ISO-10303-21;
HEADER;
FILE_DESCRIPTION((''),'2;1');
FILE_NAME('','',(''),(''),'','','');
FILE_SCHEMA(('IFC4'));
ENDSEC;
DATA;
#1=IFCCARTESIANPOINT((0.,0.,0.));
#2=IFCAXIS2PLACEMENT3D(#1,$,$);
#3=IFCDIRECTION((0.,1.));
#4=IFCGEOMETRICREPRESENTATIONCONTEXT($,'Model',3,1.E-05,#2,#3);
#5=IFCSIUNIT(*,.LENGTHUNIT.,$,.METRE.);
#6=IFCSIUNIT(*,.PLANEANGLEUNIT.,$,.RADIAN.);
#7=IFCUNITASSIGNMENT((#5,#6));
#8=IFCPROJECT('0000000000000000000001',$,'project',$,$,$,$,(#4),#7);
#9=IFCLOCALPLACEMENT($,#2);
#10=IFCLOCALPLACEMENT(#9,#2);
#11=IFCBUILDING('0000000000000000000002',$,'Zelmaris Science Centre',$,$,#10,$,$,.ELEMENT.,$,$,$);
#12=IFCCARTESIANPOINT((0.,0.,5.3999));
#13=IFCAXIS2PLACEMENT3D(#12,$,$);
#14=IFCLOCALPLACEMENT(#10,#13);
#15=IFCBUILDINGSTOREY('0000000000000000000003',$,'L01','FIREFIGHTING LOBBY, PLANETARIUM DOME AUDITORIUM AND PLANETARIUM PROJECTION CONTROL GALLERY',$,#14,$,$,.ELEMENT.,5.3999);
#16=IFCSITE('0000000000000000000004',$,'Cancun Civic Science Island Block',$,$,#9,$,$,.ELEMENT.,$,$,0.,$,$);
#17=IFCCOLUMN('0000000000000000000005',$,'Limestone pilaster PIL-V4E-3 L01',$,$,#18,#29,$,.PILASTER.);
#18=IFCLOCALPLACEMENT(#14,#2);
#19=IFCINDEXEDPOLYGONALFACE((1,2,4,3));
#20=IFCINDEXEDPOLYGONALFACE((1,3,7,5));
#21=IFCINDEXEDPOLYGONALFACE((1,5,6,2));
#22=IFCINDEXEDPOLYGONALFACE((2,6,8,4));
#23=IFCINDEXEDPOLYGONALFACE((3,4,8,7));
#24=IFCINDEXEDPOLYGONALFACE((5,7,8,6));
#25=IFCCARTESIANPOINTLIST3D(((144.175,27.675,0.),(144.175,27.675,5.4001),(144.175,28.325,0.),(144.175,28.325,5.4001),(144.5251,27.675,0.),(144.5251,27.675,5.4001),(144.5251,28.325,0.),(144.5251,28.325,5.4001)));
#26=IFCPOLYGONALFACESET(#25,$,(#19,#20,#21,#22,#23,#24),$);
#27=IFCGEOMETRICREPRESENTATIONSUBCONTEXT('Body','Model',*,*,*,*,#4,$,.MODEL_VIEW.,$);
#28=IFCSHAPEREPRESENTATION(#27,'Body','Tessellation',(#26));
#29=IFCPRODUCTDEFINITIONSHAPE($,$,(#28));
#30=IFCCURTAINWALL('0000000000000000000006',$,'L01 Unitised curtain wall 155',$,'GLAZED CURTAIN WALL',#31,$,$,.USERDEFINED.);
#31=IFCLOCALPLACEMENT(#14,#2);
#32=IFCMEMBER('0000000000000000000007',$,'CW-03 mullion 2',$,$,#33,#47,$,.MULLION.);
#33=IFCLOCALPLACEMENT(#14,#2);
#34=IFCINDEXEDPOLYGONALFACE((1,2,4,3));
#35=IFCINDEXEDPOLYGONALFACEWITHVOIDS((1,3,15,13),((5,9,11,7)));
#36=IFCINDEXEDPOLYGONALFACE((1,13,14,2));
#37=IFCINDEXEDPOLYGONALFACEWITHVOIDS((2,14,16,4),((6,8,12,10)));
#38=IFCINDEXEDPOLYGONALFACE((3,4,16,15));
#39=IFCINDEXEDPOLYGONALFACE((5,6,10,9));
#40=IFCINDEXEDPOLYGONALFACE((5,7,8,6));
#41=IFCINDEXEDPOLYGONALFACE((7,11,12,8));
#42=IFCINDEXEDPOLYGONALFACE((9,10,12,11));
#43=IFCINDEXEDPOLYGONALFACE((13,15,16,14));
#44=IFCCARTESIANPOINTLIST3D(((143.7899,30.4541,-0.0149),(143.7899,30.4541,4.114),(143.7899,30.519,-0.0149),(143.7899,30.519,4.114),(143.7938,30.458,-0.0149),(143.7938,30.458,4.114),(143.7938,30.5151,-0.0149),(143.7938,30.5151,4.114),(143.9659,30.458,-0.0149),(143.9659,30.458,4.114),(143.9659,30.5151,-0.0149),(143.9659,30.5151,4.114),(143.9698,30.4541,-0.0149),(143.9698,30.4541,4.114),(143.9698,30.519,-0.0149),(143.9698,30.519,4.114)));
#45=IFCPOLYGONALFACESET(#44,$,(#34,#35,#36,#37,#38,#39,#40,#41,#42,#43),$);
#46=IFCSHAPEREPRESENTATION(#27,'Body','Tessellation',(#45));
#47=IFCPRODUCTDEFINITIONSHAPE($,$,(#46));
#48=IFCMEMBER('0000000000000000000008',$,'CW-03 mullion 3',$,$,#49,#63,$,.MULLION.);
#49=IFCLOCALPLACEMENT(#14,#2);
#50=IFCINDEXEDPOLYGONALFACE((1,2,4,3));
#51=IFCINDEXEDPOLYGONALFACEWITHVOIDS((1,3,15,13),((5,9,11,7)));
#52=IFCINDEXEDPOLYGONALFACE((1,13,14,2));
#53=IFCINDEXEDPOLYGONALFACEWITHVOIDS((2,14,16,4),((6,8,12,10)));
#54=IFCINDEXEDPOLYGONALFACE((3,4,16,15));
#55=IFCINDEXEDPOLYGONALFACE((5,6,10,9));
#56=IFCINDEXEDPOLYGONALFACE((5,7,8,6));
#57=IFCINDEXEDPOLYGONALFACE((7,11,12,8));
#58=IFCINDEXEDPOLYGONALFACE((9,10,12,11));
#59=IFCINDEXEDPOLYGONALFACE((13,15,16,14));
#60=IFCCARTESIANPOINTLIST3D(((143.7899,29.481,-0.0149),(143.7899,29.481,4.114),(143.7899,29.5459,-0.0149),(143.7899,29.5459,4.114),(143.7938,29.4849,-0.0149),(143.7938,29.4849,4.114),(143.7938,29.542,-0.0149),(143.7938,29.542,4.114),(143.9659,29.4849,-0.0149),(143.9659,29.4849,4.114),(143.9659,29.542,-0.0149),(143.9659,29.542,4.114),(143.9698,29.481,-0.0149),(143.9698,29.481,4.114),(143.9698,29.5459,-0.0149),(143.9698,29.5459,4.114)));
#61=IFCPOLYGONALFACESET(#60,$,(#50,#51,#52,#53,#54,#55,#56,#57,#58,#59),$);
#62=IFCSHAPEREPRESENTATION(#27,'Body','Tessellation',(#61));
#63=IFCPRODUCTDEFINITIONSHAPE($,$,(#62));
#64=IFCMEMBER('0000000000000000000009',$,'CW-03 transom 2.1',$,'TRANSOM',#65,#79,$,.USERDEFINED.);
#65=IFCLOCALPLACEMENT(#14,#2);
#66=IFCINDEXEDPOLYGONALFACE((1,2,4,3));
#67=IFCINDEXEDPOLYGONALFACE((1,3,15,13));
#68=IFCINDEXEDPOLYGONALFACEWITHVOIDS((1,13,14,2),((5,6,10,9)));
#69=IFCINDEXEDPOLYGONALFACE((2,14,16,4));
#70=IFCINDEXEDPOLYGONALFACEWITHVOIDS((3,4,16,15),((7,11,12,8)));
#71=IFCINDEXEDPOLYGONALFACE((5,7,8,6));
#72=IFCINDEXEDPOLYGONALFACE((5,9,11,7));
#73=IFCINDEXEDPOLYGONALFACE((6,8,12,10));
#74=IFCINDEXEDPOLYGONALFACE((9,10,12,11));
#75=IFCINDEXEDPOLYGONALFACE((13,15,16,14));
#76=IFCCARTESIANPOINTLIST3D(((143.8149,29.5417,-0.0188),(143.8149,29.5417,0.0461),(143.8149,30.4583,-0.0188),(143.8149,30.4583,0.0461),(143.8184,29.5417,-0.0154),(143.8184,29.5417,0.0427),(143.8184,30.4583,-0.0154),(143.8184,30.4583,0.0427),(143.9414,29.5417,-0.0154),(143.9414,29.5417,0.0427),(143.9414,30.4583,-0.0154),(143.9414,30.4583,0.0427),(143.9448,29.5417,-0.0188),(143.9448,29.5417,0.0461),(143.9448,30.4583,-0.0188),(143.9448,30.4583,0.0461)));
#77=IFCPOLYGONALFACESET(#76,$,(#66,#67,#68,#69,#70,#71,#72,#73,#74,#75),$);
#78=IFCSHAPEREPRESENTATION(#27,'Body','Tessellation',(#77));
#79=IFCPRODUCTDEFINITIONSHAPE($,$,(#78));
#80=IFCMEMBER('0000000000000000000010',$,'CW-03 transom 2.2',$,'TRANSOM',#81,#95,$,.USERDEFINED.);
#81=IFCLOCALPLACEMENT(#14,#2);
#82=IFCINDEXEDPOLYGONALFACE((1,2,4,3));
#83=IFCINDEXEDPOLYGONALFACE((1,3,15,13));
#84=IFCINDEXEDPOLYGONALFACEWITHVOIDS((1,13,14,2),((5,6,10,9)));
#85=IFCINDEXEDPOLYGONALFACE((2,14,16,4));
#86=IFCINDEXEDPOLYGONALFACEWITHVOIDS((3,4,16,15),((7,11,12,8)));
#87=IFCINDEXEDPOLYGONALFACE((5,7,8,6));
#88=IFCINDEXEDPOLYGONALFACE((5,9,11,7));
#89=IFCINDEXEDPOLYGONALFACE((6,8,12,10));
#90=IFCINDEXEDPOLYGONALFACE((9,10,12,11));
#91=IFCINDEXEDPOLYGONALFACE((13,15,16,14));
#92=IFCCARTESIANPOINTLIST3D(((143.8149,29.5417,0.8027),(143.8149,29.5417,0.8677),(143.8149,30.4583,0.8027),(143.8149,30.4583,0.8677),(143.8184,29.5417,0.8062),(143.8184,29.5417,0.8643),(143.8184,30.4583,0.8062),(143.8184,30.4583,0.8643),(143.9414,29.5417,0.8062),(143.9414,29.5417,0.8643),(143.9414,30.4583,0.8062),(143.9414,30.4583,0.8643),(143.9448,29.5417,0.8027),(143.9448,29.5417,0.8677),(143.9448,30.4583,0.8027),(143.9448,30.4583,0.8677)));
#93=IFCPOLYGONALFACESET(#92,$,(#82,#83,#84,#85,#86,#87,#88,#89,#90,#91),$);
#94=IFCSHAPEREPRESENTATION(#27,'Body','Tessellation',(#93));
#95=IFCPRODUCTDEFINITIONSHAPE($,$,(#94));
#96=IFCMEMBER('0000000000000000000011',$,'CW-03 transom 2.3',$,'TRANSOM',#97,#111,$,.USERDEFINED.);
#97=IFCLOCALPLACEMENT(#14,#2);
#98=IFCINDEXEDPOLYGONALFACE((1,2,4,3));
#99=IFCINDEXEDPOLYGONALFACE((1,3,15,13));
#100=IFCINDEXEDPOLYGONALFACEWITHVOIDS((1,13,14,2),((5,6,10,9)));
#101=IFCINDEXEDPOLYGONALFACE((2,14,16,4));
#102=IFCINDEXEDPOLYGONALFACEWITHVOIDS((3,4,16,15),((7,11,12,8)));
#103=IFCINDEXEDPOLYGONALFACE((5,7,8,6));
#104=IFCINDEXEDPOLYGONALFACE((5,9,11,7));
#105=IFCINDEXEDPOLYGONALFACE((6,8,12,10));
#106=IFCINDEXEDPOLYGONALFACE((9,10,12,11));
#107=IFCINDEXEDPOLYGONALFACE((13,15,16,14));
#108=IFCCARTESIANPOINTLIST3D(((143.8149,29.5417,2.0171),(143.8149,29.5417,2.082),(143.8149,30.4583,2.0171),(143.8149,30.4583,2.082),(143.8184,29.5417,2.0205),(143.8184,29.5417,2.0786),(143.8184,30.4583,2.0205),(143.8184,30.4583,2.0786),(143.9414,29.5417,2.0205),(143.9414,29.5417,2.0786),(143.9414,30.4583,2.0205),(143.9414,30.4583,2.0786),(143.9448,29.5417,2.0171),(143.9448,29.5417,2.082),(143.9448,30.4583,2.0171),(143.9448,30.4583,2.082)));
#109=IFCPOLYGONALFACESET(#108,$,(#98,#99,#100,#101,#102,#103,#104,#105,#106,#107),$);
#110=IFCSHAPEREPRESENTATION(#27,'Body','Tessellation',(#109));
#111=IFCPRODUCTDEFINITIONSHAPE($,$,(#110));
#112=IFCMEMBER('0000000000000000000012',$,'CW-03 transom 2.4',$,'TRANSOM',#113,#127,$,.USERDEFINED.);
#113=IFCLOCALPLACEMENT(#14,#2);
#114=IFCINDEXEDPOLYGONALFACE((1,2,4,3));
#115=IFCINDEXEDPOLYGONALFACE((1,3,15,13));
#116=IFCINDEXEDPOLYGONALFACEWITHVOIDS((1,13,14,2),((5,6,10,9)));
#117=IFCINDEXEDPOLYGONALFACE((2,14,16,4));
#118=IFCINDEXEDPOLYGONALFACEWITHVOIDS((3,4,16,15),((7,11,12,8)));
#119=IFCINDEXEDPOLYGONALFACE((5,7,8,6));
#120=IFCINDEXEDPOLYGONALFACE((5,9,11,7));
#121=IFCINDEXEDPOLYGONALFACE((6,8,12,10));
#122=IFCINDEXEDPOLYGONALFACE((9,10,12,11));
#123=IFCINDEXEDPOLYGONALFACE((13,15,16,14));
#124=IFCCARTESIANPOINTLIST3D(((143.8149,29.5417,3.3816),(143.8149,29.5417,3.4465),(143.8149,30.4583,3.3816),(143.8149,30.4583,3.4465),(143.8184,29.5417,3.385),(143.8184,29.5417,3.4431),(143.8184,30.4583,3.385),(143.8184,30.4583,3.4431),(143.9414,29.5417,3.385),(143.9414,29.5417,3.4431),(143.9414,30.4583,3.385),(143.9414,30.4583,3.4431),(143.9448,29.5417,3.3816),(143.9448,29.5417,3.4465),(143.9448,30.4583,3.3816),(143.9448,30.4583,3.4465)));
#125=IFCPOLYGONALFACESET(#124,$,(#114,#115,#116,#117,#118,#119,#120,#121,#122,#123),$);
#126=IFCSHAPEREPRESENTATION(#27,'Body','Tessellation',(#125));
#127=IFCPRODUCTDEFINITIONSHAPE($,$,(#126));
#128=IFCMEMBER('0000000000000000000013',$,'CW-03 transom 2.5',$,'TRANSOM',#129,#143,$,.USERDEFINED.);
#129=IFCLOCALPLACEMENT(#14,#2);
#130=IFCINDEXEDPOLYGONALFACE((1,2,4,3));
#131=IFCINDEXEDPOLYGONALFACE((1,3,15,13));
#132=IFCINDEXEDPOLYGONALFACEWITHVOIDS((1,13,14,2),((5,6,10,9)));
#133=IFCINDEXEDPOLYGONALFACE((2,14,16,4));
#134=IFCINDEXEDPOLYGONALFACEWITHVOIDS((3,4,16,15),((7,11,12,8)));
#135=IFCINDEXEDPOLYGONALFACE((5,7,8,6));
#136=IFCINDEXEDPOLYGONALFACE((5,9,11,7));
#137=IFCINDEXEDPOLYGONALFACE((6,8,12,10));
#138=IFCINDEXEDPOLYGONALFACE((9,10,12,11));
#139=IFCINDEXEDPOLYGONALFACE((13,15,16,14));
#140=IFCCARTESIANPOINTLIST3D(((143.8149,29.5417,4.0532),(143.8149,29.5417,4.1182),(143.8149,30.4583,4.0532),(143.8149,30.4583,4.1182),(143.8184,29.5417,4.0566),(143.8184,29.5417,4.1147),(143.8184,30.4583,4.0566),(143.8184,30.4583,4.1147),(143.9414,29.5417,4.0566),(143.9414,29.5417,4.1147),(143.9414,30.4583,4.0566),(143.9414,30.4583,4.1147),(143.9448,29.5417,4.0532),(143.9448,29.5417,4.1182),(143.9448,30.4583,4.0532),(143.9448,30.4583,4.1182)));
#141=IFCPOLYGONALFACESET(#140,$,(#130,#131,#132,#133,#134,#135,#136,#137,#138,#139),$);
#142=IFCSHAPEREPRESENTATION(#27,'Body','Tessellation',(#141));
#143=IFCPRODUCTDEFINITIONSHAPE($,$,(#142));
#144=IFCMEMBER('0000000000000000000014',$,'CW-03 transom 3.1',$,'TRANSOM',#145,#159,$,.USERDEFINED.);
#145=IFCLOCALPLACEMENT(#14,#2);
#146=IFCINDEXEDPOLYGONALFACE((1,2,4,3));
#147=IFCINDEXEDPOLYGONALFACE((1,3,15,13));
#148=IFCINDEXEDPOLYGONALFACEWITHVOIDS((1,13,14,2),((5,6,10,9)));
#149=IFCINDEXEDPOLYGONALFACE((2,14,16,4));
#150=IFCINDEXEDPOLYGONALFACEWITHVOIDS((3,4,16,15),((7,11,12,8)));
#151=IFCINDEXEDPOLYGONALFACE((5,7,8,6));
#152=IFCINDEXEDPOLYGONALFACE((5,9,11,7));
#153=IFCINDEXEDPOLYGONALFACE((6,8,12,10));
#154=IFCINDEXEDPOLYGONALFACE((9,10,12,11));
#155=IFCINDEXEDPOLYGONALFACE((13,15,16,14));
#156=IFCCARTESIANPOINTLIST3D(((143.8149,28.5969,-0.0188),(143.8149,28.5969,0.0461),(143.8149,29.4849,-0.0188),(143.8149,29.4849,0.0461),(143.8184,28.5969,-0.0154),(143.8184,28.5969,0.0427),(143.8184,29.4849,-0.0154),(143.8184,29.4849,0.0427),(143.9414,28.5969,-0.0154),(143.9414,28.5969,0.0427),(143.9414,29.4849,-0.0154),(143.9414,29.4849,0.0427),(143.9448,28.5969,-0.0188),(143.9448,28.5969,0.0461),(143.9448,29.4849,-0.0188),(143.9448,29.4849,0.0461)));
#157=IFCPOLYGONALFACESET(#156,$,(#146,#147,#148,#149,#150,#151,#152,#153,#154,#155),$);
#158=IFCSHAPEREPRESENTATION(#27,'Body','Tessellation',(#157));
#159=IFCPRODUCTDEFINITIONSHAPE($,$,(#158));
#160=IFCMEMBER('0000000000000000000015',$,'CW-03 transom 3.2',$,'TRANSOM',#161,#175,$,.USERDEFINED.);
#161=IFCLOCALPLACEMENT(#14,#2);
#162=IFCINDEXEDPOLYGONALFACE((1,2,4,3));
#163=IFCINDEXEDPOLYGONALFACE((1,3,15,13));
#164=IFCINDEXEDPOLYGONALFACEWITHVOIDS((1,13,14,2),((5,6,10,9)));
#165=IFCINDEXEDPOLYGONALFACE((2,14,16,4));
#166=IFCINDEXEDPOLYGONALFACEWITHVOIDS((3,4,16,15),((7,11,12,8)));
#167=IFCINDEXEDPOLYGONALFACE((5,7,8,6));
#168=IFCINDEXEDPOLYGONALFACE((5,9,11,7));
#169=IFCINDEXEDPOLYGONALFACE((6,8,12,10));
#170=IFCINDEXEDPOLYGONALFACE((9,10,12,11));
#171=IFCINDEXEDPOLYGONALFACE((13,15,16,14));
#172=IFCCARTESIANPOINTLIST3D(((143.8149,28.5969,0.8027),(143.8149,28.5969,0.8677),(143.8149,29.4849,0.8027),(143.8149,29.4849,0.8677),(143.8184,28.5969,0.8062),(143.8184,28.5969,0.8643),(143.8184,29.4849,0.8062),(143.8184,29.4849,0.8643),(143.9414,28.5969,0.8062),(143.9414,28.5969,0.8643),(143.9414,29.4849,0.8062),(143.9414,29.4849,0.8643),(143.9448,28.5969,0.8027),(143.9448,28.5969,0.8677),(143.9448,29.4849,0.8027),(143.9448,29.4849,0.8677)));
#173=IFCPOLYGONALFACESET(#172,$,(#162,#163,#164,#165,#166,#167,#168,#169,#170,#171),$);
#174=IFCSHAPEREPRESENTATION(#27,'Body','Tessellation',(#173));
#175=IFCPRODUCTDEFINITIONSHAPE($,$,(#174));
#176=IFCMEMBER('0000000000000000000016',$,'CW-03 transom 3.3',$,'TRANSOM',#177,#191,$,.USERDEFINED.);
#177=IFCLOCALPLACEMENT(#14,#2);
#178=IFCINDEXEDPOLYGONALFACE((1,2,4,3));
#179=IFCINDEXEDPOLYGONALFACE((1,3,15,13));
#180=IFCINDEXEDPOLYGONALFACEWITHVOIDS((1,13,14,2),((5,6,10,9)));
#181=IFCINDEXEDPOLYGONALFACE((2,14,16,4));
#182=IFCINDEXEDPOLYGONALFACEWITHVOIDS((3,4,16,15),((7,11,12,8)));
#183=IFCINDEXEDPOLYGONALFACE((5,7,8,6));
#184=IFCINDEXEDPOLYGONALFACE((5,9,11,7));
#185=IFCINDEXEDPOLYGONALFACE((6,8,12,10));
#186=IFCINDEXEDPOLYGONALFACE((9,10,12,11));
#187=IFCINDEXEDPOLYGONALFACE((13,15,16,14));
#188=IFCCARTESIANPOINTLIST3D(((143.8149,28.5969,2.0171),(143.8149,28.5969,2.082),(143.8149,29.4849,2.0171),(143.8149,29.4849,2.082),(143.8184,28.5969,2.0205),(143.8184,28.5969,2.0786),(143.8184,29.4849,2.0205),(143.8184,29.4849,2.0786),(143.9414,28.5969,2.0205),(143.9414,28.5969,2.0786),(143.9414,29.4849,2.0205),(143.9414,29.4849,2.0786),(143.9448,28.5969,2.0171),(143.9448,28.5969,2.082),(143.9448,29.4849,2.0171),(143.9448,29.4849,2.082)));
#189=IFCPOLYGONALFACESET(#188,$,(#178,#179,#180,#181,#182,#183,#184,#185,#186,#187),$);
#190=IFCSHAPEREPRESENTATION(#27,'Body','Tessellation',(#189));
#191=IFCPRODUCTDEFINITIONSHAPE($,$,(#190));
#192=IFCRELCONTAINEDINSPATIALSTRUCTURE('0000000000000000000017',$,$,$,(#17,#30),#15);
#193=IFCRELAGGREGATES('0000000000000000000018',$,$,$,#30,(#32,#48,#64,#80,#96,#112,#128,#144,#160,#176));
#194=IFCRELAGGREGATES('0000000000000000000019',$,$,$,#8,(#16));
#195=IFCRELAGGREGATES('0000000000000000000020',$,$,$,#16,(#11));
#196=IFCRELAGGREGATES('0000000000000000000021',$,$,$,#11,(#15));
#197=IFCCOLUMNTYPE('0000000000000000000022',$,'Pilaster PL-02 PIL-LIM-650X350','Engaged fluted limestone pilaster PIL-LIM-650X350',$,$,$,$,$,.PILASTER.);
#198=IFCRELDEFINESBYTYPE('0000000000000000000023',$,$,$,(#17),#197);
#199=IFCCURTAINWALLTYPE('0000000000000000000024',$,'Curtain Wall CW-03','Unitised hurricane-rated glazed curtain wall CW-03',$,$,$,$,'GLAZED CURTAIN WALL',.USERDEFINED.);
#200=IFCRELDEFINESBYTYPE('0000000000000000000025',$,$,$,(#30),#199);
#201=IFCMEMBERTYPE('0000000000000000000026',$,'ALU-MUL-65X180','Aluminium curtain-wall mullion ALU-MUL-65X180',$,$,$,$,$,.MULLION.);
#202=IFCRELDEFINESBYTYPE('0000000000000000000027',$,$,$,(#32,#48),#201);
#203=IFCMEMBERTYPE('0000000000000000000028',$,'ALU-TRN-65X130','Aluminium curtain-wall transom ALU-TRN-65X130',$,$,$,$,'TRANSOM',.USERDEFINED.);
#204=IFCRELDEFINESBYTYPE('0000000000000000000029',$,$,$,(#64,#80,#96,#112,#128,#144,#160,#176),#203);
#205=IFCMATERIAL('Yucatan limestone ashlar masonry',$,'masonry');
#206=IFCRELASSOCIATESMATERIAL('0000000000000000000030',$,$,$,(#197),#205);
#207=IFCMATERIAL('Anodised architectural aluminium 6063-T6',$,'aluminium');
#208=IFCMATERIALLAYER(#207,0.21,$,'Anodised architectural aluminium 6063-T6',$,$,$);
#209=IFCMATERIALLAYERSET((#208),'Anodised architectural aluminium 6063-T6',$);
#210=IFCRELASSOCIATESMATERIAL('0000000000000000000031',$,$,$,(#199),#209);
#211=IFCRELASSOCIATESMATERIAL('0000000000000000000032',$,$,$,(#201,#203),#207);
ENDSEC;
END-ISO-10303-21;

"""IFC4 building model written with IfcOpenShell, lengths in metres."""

from ifc_helpers import new_model, si_unit, direction, frame, origin, origin_2d, place, context, subcontext, project, spatial, rectangle, hollow_rectangle, extrude, material, layer, layer_set, material_profile, profile_set, type_object, element, aggregate, save


model = new_model("IFC4")

# Units and contexts
model_context = context("Model", 3, precision=1e-05, world=origin(), true_north=direction((0.0, 1.0)))
body_context = subcontext(model_context, "Body", "Model", "MODEL_VIEW")
ifc_project = project(units=[si_unit("LENGTHUNIT", "METRE"), si_unit("PLANEANGLEUNIT", "RADIAN")], contexts=[model_context])

# Site, building, storey
site_placement = place(None, origin())
site = spatial("IfcSite", under=ifc_project, at=site_placement, Name="Cancun Civic Science Island Block", CompositionType="ELEMENT", RefElevation=0.0)
building_placement = place(site_placement, origin())
building = spatial("IfcBuilding", under=site, at=building_placement, Name="Zelmaris Science Centre", CompositionType="ELEMENT")
storey_placement = place(building_placement, frame((0.0, 0.0, 5.3999)))
storey = spatial("IfcBuildingStorey", under=building, at=storey_placement, Name="L01", Description="FIREFIGHTING LOBBY, PLANETARIUM DOME AUDITORIUM AND PLANETARIUM PROJECTION CONTROL GALLERY", CompositionType="ELEMENT", Elevation=5.3999)

# Column
ifc_material_1 = material(Name="Yucatan limestone ashlar masonry", Category="masonry")
ifc_material_profile_1 = material_profile(ifc_material_1, rectangle(XDim=0.6499, YDim=0.3501, at=origin_2d()), Name="PIL-LIM-650X350")
ifc_profile_set_1 = profile_set([ifc_material_profile_1], Name="Yucatan limestone ashlar masonry")
column_type = type_object("IfcColumnType", Name="Pilaster PL-02 PIL-LIM-650X350", Description="Engaged fluted limestone pilaster PIL-LIM-650X350", PredefinedType="PILASTER", material=ifc_profile_set_1)
column_placement = place(storey_placement, frame((144.3501, 28.0, 0.0), z_axis=(0.0, 0.0, 1.0), x_axis=(0.0, 1.0, 0.0)))
element("IfcColumn", 1, at=column_placement, inside=storey, type_object=column_type, Name="Limestone pilaster PIL-V4E-3 L01", PredefinedType="PILASTER", context=body_context, shape_type="SweptSolid", body=[
    extrude(rectangle(XDim=0.6499, YDim=0.3501, at=origin_2d()), origin(), (0.0, 0.0, 1.0), 5.4001),
])

# Curtain wall, members
ifc_material_2 = material(Name="Anodised architectural aluminium 6063-T6", Category="aluminium")
ifc_layer_1 = layer(ifc_material_2, 0.21, Name="Anodised architectural aluminium 6063-T6")
ifc_layer_set_1 = layer_set([ifc_layer_1], Name="Anodised architectural aluminium 6063-T6")
curtain_wall_type = type_object("IfcCurtainWallType", Name="Curtain Wall CW-03", Description="Unitised hurricane-rated glazed curtain wall CW-03", ElementType="GLAZED CURTAIN WALL", PredefinedType="USERDEFINED", material=ifc_layer_set_1)
curtain_wall_placement = place(storey_placement, origin())
curtain_wall = element("IfcCurtainWall", 2, at=curtain_wall_placement, inside=storey, type_object=curtain_wall_type, Name="L01 Unitised curtain wall 155", ObjectType="GLAZED CURTAIN WALL", PredefinedType="USERDEFINED")
ifc_material_profile_2 = material_profile(ifc_material_2, hollow_rectangle(XDim=0.0649, YDim=0.1799, WallThickness=0.0039, at=origin_2d()), Name="ALU-MUL-65X180")
ifc_profile_set_2 = profile_set([ifc_material_profile_2], Name="Anodised architectural aluminium 6063-T6")
member_type_1 = type_object("IfcMemberType", Name="ALU-MUL-65X180", Description="Aluminium curtain-wall mullion ALU-MUL-65X180", PredefinedType="MULLION", material=ifc_profile_set_2)
member_1_placement = place(storey_placement, frame((143.8799, 30.4866, -0.0149), z_axis=(0.0, 0.0, 1.0), x_axis=(0.0, -1.0, 0.0)))
member_1 = element("IfcMember", 3, at=member_1_placement, type_object=member_type_1, Name="CW-03 mullion 2", PredefinedType="MULLION", context=body_context, shape_type="SweptSolid", body=[
    extrude(hollow_rectangle(XDim=0.0649, YDim=0.1799, WallThickness=0.0039, at=origin_2d()), origin(), (0.0, 0.0, 1.0), 4.1289),
])
member_2_placement = place(storey_placement, frame((143.8799, 29.5134, -0.0149), z_axis=(0.0, 0.0, 1.0), x_axis=(0.0, -1.0, 0.0)))
member_2 = element("IfcMember", 4, at=member_2_placement, type_object=member_type_1, Name="CW-03 mullion 3", PredefinedType="MULLION", context=body_context, shape_type="SweptSolid", body=[
    extrude(hollow_rectangle(XDim=0.0649, YDim=0.1799, WallThickness=0.0039, at=origin_2d()), origin(), (0.0, 0.0, 1.0), 4.1289),
])
ifc_material_profile_3 = material_profile(ifc_material_2, hollow_rectangle(XDim=0.0649, YDim=0.1299, WallThickness=0.0034, at=origin_2d()), Name="ALU-TRN-65X130")
ifc_profile_set_3 = profile_set([ifc_material_profile_3], Name="Anodised architectural aluminium 6063-T6")
member_type_2 = type_object("IfcMemberType", Name="ALU-TRN-65X130", Description="Aluminium curtain-wall transom ALU-TRN-65X130", ElementType="TRANSOM", PredefinedType="USERDEFINED", material=ifc_profile_set_3)
member_3_placement = place(storey_placement, frame((143.8799, 30.4583, 0.0137), z_axis=(0.0, -1.0, 0.0), x_axis=(0.0, 0.0, 1.0)))
member_3 = element("IfcMember", 5, at=member_3_placement, type_object=member_type_2, Name="CW-03 transom 2.1", ObjectType="TRANSOM", PredefinedType="USERDEFINED", context=body_context, shape_type="SweptSolid", body=[
    extrude(hollow_rectangle(XDim=0.0649, YDim=0.1299, WallThickness=0.0034, at=origin_2d()), origin(), (0.0, 0.0, 1.0), 0.9165),
])
member_4_placement = place(storey_placement, frame((143.8799, 30.4583, 0.8352), z_axis=(0.0, -1.0, 0.0), x_axis=(0.0, 0.0, 1.0)))
member_4 = element("IfcMember", 6, at=member_4_placement, type_object=member_type_2, Name="CW-03 transom 2.2", ObjectType="TRANSOM", PredefinedType="USERDEFINED", context=body_context, shape_type="SweptSolid", body=[
    extrude(hollow_rectangle(XDim=0.0649, YDim=0.1299, WallThickness=0.0034, at=origin_2d()), origin(), (0.0, 0.0, 1.0), 0.9165),
])
member_5_placement = place(storey_placement, frame((143.8799, 30.4583, 2.0496), z_axis=(0.0, -1.0, 0.0), x_axis=(0.0, 0.0, 1.0)))
member_5 = element("IfcMember", 7, at=member_5_placement, type_object=member_type_2, Name="CW-03 transom 2.3", ObjectType="TRANSOM", PredefinedType="USERDEFINED", context=body_context, shape_type="SweptSolid", body=[
    extrude(hollow_rectangle(XDim=0.0649, YDim=0.1299, WallThickness=0.0034, at=origin_2d()), origin(), (0.0, 0.0, 1.0), 0.9165),
])
member_6_placement = place(storey_placement, frame((143.8799, 30.4583, 3.4141), z_axis=(0.0, -1.0, 0.0), x_axis=(0.0, 0.0, 1.0)))
member_6 = element("IfcMember", 8, at=member_6_placement, type_object=member_type_2, Name="CW-03 transom 2.4", ObjectType="TRANSOM", PredefinedType="USERDEFINED", context=body_context, shape_type="SweptSolid", body=[
    extrude(hollow_rectangle(XDim=0.0649, YDim=0.1299, WallThickness=0.0034, at=origin_2d()), origin(), (0.0, 0.0, 1.0), 0.9165),
])
member_7_placement = place(storey_placement, frame((143.8799, 30.4583, 4.0857), z_axis=(0.0, -1.0, 0.0), x_axis=(0.0, 0.0, 1.0)))
member_7 = element("IfcMember", 9, at=member_7_placement, type_object=member_type_2, Name="CW-03 transom 2.5", ObjectType="TRANSOM", PredefinedType="USERDEFINED", context=body_context, shape_type="SweptSolid", body=[
    extrude(hollow_rectangle(XDim=0.0649, YDim=0.1299, WallThickness=0.0034, at=origin_2d()), origin(), (0.0, 0.0, 1.0), 0.9165),
])
member_8_placement = place(storey_placement, frame((143.8799, 29.4849, 0.0137), z_axis=(0.0, -1.0, 0.0), x_axis=(0.0, 0.0, 1.0)))
member_8 = element("IfcMember", 10, at=member_8_placement, type_object=member_type_2, Name="CW-03 transom 3.1", ObjectType="TRANSOM", PredefinedType="USERDEFINED", context=body_context, shape_type="SweptSolid", body=[
    extrude(hollow_rectangle(XDim=0.0649, YDim=0.1299, WallThickness=0.0034, at=origin_2d()), origin(), (0.0, 0.0, 1.0), 0.8879),
])
member_9_placement = place(storey_placement, frame((143.8799, 29.4849, 0.8352), z_axis=(0.0, -1.0, 0.0), x_axis=(0.0, 0.0, 1.0)))
member_9 = element("IfcMember", 11, at=member_9_placement, type_object=member_type_2, Name="CW-03 transom 3.2", ObjectType="TRANSOM", PredefinedType="USERDEFINED", context=body_context, shape_type="SweptSolid", body=[
    extrude(hollow_rectangle(XDim=0.0649, YDim=0.1299, WallThickness=0.0034, at=origin_2d()), origin(), (0.0, 0.0, 1.0), 0.8879),
])
member_10_placement = place(storey_placement, frame((143.8799, 29.4849, 2.0496), z_axis=(0.0, -1.0, 0.0), x_axis=(0.0, 0.0, 1.0)))
member_10 = element("IfcMember", 12, at=member_10_placement, type_object=member_type_2, Name="CW-03 transom 3.3", ObjectType="TRANSOM", PredefinedType="USERDEFINED", context=body_context, shape_type="SweptSolid", body=[
    extrude(hollow_rectangle(XDim=0.0649, YDim=0.1299, WallThickness=0.0034, at=origin_2d()), origin(), (0.0, 0.0, 1.0), 0.8879),
])

aggregate(curtain_wall, [member_1, member_2, member_3, member_4, member_5, member_6, member_7, member_8, member_9, member_10])

save(model, "model.ifc")
